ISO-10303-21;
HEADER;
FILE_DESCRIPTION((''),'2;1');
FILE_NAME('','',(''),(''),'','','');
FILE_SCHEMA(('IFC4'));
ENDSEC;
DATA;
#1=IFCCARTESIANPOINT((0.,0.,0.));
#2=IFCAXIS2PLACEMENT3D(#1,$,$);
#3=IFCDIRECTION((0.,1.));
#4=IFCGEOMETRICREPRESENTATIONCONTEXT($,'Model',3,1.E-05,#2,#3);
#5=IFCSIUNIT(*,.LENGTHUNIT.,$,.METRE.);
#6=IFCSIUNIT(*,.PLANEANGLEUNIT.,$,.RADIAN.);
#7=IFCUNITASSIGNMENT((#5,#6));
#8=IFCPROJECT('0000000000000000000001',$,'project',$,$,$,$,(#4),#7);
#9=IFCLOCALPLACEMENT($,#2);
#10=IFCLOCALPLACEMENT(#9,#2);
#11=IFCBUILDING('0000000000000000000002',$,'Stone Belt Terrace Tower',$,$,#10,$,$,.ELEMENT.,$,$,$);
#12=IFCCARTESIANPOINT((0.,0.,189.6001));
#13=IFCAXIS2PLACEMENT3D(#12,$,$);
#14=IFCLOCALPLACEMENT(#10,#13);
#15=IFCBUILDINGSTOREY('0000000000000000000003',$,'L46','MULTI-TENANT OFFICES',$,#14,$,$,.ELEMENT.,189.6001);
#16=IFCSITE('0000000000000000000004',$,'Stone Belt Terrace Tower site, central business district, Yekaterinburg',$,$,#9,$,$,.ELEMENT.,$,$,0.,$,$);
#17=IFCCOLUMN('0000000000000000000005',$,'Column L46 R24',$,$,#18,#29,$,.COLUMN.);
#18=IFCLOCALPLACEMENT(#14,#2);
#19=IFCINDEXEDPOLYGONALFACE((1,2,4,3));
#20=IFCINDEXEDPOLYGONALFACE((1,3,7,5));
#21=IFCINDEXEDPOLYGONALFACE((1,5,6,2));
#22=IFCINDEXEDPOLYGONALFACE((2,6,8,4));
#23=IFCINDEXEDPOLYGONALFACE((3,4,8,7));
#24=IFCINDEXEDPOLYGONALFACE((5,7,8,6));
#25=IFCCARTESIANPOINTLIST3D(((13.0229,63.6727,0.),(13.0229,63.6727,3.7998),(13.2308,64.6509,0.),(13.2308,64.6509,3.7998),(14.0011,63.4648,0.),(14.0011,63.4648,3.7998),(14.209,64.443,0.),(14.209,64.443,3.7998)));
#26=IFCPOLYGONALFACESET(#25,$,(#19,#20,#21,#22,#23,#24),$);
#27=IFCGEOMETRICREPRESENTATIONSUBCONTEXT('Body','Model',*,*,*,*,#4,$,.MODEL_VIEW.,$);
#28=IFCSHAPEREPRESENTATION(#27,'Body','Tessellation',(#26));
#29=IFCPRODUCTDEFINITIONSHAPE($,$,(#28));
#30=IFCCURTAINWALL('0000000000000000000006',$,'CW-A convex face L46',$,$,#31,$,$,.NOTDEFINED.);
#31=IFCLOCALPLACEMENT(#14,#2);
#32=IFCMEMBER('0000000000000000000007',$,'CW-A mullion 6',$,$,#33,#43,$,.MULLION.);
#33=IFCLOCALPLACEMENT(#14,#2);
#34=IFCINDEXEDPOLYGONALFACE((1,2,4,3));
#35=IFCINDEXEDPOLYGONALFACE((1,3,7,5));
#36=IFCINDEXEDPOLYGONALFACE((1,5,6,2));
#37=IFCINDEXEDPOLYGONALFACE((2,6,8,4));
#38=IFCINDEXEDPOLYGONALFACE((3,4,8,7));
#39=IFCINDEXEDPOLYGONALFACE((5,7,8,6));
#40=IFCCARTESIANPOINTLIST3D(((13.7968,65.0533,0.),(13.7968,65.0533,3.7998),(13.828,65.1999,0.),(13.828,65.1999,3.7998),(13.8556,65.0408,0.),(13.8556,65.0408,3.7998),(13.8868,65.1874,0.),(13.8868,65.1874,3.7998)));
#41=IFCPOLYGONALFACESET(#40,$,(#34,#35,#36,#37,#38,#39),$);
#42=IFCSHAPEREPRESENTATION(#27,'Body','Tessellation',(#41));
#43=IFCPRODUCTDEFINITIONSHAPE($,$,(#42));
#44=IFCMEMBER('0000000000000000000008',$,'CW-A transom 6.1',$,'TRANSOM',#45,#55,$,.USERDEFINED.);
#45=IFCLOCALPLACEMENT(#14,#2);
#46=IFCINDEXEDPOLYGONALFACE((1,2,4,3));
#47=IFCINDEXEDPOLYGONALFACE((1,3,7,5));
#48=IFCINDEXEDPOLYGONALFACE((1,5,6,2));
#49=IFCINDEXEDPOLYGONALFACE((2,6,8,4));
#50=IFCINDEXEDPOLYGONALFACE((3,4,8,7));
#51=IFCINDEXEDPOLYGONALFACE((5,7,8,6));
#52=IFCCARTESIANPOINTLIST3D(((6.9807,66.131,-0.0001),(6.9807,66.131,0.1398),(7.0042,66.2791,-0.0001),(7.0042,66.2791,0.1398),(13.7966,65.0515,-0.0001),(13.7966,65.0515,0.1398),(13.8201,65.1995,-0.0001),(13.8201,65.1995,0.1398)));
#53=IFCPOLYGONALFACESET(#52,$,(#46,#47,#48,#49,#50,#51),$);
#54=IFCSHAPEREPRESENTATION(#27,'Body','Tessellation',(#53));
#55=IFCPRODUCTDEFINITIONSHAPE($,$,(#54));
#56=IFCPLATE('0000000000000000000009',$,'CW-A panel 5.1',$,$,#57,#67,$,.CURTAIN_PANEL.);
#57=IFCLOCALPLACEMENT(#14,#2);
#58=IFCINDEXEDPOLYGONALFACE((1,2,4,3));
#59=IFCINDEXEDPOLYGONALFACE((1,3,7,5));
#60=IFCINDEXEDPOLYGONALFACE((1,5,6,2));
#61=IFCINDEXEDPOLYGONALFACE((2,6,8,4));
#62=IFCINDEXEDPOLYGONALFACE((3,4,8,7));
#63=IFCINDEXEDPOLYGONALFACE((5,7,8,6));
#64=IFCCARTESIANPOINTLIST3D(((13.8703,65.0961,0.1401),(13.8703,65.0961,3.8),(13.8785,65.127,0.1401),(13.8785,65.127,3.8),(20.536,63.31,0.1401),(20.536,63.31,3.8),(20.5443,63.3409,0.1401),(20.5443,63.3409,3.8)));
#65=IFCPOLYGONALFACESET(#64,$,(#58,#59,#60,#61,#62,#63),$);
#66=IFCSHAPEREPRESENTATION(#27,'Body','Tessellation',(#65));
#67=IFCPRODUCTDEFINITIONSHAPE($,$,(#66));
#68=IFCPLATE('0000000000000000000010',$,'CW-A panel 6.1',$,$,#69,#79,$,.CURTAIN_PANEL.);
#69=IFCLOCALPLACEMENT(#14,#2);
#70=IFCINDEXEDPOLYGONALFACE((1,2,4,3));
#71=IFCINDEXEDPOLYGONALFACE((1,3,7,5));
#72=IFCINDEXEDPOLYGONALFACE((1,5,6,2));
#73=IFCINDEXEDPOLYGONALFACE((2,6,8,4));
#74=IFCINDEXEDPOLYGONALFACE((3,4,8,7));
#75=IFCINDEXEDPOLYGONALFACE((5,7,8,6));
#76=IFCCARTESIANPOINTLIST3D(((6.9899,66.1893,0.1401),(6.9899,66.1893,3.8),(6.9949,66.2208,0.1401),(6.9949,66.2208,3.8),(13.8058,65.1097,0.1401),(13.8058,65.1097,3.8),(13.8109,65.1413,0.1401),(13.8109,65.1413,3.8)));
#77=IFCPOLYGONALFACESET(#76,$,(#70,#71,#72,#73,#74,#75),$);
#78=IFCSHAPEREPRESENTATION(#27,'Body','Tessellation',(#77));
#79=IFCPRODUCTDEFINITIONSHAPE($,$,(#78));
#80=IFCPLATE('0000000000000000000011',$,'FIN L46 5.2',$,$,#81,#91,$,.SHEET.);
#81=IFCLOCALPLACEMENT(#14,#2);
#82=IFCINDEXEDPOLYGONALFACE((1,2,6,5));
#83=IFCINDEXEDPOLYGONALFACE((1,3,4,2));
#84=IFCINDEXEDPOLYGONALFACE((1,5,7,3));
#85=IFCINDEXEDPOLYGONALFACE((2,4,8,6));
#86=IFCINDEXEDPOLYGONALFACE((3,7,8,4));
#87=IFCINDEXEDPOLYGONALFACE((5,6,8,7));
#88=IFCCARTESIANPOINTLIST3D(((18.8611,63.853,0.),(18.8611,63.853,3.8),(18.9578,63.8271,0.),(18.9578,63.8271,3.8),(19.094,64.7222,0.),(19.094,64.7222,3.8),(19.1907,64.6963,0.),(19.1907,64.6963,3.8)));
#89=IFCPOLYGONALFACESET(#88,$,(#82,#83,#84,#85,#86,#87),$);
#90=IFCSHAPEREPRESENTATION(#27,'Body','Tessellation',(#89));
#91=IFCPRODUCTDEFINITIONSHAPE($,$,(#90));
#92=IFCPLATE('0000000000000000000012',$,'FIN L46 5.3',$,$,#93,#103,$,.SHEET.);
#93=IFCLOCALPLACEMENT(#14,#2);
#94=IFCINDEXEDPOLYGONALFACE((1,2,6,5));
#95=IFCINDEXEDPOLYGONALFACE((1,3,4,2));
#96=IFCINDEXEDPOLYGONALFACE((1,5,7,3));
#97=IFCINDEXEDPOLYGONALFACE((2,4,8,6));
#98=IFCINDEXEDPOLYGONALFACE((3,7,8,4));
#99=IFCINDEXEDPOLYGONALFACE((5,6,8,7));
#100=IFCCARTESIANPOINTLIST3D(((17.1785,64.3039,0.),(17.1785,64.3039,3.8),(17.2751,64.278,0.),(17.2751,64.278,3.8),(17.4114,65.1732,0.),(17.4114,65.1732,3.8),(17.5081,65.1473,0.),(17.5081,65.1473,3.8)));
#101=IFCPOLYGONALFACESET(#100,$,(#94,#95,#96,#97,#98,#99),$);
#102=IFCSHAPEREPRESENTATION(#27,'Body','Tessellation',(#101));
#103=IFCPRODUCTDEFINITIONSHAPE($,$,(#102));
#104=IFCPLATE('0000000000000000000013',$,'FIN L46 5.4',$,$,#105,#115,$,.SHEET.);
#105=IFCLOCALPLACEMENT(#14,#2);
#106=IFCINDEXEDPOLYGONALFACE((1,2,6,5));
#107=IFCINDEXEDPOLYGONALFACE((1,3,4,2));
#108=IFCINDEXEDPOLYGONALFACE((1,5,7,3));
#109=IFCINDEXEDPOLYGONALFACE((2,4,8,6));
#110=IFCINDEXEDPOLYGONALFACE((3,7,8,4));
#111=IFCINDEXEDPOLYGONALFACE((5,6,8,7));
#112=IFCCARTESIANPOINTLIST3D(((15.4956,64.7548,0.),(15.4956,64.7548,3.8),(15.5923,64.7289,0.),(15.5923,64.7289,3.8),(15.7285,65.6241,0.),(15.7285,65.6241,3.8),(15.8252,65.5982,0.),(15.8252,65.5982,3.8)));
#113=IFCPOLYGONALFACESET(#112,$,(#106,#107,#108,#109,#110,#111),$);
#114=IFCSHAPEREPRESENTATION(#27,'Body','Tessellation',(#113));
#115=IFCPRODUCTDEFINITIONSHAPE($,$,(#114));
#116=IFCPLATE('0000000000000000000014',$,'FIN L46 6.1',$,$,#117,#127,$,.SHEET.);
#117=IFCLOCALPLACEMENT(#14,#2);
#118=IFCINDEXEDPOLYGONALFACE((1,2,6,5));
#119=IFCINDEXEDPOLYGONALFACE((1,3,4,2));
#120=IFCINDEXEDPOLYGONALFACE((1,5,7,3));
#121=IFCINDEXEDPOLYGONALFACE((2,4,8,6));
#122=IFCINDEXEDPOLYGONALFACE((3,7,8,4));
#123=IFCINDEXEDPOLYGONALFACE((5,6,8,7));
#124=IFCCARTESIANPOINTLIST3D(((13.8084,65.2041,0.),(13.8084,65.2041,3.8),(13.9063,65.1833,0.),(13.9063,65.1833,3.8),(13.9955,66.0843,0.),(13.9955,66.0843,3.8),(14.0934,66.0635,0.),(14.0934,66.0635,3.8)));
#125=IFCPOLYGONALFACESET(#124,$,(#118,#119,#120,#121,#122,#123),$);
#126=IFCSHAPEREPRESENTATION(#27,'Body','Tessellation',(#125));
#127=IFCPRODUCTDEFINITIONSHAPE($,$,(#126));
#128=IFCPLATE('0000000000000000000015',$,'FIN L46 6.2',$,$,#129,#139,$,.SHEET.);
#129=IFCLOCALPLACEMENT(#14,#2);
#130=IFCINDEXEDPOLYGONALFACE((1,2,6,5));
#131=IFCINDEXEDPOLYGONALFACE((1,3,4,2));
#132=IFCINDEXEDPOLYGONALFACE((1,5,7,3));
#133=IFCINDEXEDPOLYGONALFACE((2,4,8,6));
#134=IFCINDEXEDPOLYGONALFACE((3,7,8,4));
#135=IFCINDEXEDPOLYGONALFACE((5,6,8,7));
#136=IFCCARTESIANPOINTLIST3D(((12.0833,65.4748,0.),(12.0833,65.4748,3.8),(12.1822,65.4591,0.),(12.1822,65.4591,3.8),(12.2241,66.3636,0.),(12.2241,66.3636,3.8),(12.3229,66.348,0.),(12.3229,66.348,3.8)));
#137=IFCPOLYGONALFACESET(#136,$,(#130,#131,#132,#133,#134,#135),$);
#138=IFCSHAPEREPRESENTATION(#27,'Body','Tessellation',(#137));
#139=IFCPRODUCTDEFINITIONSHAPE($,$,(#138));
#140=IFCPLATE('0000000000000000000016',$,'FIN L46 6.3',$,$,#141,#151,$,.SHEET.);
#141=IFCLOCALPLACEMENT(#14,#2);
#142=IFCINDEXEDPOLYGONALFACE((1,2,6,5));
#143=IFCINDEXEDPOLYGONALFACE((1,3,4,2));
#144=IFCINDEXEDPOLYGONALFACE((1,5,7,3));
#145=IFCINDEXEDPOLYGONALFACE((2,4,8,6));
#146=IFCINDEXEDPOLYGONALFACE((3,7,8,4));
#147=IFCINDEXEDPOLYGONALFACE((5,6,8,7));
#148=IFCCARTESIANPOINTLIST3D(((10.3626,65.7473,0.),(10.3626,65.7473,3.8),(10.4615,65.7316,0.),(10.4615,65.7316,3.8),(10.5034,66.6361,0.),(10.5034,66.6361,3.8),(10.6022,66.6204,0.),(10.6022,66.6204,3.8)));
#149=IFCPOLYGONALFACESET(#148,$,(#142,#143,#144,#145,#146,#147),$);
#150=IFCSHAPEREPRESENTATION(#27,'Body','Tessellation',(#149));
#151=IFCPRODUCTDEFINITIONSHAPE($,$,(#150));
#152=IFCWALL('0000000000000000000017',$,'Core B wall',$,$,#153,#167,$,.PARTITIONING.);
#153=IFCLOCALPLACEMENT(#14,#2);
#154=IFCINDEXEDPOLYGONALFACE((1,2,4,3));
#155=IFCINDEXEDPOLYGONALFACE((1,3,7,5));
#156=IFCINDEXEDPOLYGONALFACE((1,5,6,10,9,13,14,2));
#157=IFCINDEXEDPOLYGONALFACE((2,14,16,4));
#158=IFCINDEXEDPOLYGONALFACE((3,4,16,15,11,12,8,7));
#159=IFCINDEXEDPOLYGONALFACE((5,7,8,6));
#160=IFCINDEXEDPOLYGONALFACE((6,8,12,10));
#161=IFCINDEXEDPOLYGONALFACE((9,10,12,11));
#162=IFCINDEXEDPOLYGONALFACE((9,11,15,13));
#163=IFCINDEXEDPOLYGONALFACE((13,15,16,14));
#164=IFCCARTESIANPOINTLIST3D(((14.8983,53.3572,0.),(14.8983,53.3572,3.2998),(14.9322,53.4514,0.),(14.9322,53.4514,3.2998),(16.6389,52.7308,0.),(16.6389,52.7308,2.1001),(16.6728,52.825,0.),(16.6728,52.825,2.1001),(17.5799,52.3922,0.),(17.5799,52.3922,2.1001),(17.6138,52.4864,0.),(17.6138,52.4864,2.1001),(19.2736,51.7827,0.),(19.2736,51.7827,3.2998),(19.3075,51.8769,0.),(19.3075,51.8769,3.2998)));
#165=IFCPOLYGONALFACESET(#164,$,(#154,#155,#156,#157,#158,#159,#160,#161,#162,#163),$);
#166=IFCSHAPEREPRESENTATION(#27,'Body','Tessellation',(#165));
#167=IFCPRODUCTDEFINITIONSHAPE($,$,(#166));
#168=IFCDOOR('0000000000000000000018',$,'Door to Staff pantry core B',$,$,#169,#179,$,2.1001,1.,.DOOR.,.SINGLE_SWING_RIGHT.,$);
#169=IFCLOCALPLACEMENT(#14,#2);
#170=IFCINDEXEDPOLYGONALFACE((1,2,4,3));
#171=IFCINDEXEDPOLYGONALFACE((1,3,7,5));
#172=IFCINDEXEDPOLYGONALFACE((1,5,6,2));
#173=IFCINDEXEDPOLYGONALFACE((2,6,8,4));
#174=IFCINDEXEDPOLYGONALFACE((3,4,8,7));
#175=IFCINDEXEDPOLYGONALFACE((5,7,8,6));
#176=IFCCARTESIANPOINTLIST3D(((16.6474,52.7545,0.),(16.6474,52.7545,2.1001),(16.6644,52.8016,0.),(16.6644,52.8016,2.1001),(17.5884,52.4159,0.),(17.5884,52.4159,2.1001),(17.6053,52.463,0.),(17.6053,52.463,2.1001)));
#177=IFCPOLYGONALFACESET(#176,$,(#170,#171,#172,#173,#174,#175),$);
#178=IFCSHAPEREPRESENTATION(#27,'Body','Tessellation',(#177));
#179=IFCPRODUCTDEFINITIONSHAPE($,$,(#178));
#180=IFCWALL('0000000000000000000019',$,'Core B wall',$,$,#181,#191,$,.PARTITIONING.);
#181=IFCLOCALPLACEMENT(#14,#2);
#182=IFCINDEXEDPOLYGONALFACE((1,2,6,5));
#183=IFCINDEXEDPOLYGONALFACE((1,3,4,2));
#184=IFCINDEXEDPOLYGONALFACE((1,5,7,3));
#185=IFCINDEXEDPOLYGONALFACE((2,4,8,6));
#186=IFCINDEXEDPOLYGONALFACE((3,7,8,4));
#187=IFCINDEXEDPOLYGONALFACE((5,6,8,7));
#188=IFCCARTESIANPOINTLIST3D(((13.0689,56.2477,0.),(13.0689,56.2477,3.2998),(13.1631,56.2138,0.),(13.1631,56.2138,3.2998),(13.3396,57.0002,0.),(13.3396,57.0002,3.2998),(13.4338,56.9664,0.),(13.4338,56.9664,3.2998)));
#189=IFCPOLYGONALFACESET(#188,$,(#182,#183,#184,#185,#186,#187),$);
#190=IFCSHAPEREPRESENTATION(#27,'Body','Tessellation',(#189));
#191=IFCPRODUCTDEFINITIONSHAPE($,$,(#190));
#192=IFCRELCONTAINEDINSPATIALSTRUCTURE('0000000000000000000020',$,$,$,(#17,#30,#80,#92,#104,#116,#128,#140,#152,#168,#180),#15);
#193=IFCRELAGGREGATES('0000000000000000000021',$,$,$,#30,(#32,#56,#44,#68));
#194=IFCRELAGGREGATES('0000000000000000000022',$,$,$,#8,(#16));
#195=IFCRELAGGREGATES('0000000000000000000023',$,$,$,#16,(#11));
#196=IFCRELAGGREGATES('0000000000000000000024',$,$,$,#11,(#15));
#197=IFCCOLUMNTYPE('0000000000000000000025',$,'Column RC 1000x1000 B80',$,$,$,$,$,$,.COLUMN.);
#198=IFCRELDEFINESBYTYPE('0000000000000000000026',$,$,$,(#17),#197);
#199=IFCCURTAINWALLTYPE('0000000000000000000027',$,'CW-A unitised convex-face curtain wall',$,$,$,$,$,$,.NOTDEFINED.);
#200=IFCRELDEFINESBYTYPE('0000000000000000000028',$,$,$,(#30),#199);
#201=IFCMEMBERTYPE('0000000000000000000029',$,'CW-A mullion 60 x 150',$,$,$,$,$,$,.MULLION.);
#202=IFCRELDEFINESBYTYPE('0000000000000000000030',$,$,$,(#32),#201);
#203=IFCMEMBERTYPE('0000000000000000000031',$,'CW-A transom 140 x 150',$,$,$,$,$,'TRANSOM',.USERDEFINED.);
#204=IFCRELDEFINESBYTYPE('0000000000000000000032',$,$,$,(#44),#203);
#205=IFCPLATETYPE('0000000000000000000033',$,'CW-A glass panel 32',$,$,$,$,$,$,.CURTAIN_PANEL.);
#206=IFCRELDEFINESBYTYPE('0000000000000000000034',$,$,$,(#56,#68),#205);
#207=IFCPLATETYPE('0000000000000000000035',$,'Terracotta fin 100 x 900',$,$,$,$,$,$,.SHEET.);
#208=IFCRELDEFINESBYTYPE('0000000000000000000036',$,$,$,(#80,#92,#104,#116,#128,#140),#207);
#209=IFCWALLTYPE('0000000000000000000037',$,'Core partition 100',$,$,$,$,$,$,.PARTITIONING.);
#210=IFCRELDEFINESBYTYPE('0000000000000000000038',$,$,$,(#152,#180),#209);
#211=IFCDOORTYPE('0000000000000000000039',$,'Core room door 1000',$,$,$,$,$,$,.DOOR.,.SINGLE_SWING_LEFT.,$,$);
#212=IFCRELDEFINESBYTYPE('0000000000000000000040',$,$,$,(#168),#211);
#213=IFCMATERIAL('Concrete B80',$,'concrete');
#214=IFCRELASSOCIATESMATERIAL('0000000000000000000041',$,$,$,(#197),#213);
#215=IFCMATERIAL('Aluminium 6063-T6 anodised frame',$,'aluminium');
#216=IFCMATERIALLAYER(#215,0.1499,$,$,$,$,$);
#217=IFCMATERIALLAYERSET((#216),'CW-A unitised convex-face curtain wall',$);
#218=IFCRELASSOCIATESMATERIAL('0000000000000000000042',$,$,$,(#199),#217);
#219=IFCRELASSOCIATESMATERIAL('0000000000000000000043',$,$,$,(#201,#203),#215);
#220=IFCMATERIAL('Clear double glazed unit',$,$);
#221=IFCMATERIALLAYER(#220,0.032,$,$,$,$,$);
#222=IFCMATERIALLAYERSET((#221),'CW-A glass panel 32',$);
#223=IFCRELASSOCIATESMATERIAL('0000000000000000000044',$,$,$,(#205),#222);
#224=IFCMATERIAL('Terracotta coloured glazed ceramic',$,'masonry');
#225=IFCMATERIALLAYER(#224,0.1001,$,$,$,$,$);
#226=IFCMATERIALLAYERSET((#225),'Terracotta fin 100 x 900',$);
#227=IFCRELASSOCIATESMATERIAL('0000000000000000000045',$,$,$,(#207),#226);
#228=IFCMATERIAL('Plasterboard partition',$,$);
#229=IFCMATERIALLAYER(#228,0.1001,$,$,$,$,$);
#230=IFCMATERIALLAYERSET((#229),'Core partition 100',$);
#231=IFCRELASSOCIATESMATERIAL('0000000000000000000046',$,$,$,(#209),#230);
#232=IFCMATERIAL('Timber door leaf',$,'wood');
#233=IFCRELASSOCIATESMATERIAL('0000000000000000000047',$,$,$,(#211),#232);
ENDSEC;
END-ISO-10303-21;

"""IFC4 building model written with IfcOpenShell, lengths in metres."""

from ifc_helpers import new_model, si_unit, direction, frame, frame_2d, origin, origin_2d, place, context, subcontext, project, spatial, rectangle, extrude, material, layer, layer_set, material_profile, profile_set, type_object, element, fill, aggregate, save


model = new_model("IFC4")

# Units and contexts
model_context = context("Model", 3, precision=1e-05, world=origin(), true_north=direction((0.0, 1.0)))
body_context = subcontext(model_context, "Body", "Model", "MODEL_VIEW")
ifc_project = project(units=[si_unit("LENGTHUNIT", "METRE"), si_unit("PLANEANGLEUNIT", "RADIAN")], contexts=[model_context])

# Site, building, storey
site_placement = place(None, origin())
site = spatial("IfcSite", under=ifc_project, at=site_placement, Name="Stone Belt Terrace Tower site, central business district, Yekaterinburg", CompositionType="ELEMENT", RefElevation=0.0)
building_placement = place(site_placement, origin())
building = spatial("IfcBuilding", under=site, at=building_placement, Name="Stone Belt Terrace Tower", CompositionType="ELEMENT")
storey_placement = place(building_placement, frame((0.0, 0.0, 189.6001)))
storey = spatial("IfcBuildingStorey", under=building, at=storey_placement, Name="L46", Description="MULTI-TENANT OFFICES", CompositionType="ELEMENT", Elevation=189.6001)

# Column
ifc_material_1 = material(Name="Concrete B80", Category="concrete")
ifc_material_profile_1 = material_profile(ifc_material_1, rectangle(XDim=1.0, YDim=1.0, at=origin_2d()), Name="RC 1000x1000")
ifc_profile_set_1 = profile_set([ifc_material_profile_1], Name="Concrete B80")
column_type = type_object("IfcColumnType", Name="Column RC 1000x1000 B80", PredefinedType="COLUMN", material=ifc_profile_set_1)
column_placement = place(storey_placement, frame((13.616, 64.0579, 0.0), z_axis=(0.0, 0.0, 1.0), x_axis=(0.978148, -0.207912, 0.0)))
element("IfcColumn", 1, at=column_placement, inside=storey, type_object=column_type, Name="Column L46 R24", PredefinedType="COLUMN", context=body_context, shape_type="SweptSolid", body=[
    extrude(rectangle(XDim=1.0, YDim=1.0, at=origin_2d()), origin(), (0.0, 0.0, 1.0), 3.7998),
])

# Curtain wall, members, plates
ifc_material_2 = material(Name="Aluminium 6063-T6 anodised frame", Category="aluminium")
ifc_layer_1 = layer(ifc_material_2, 0.1499)
ifc_layer_set_1 = layer_set([ifc_layer_1], Name="CW-A unitised convex-face curtain wall")
curtain_wall_type = type_object("IfcCurtainWallType", Name="CW-A unitised convex-face curtain wall", PredefinedType="NOTDEFINED", material=ifc_layer_set_1)
curtain_wall_placement = place(storey_placement, origin())
curtain_wall = element("IfcCurtainWall", 2, at=curtain_wall_placement, inside=storey, type_object=curtain_wall_type, Name="CW-A convex face L46", PredefinedType="NOTDEFINED")
ifc_material_profile_2 = material_profile(ifc_material_2, rectangle(XDim=0.1499, YDim=0.0601, at=origin_2d()), Name="Aluminium 6063-T6 60x150")
ifc_profile_set_2 = profile_set([ifc_material_profile_2], Name="Aluminium 6063-T6 anodised frame")
member_type_1 = type_object("IfcMemberType", Name="CW-A mullion 60 x 150", PredefinedType="MULLION", material=ifc_profile_set_2)
member_1_placement = place(storey_placement, frame((13.8418, 65.1204, 0.0), z_axis=(0.0, 0.0, 1.0), x_axis=(-0.207912, -0.978148, 0.0)))
member_1 = element("IfcMember", 3, at=member_1_placement, type_object=member_type_1, Name="CW-A mullion 6", PredefinedType="MULLION", context=body_context, shape_type="SweptSolid", body=[
    extrude(rectangle(XDim=0.1499, YDim=0.0601, at=origin_2d()), origin(), (0.0, 0.0, 1.0), 3.7998),
])
ifc_material_profile_3 = material_profile(ifc_material_2, rectangle(XDim=0.1499, YDim=0.1399, at=origin_2d()), Name="Aluminium 6063-T6 150x140")
ifc_profile_set_3 = profile_set([ifc_material_profile_3], Name="Aluminium 6063-T6 anodised frame")
member_type_2 = type_object("IfcMemberType", Name="CW-A transom 140 x 150", ElementType="TRANSOM", PredefinedType="USERDEFINED", material=ifc_profile_set_3)
member_2_placement = place(storey_placement, frame((13.8083, 65.1255, 0.0698), z_axis=(-0.987687, 0.156442, 0.0), x_axis=(-0.156442, -0.987687, 0.0)))
member_2 = element("IfcMember", 4, at=member_2_placement, type_object=member_type_2, Name="CW-A transom 6.1", ObjectType="TRANSOM", PredefinedType="USERDEFINED", context=body_context, shape_type="SweptSolid", body=[
    extrude(rectangle(XDim=0.1499, YDim=0.1399, at=origin_2d()), origin(), (0.0, 0.0, 1.0), 6.9009),
])
ifc_material_3 = material(Name="Clear double glazed unit")
ifc_layer_2 = layer(ifc_material_3, 0.032)
ifc_layer_set_2 = layer_set([ifc_layer_2], Name="CW-A glass panel 32")
plate_type_1 = type_object("IfcPlateType", Name="CW-A glass panel 32", PredefinedType="CURTAIN_PANEL", material=ifc_layer_set_2)
plate_1_placement = place(storey_placement, frame((17.2073, 64.2185, 0.1401), z_axis=(0.0, 0.0, 1.0), x_axis=(-0.965926, 0.258819, 0.0)))
plate_1 = element("IfcPlate", 5, at=plate_1_placement, type_object=plate_type_1, Name="CW-A panel 5.1", PredefinedType="CURTAIN_PANEL", context=body_context, shape_type="SweptSolid", body=[
    extrude(rectangle(XDim=6.9009, YDim=0.032, at=origin_2d()), origin(), (0.0, 0.0, 1.0), 3.6599),
])
plate_2_placement = place(storey_placement, frame((10.4004, 65.6653, 0.1401), z_axis=(0.0, 0.0, 1.0), x_axis=(-0.987688, 0.156434, 0.0)))
plate_2 = element("IfcPlate", 6, at=plate_2_placement, type_object=plate_type_1, Name="CW-A panel 6.1", PredefinedType="CURTAIN_PANEL", context=body_context, shape_type="SweptSolid", body=[
    extrude(rectangle(XDim=6.9009, YDim=0.032, at=origin_2d()), origin(), (0.0, 0.0, 1.0), 3.6599),
])
aggregate(curtain_wall, [member_1, plate_1, member_2, plate_2])

# Plates
ifc_material_4 = material(Name="Terracotta coloured glazed ceramic", Category="masonry")
ifc_layer_3 = layer(ifc_material_4, 0.1001)
ifc_layer_set_3 = layer_set([ifc_layer_3], Name="Terracotta fin 100 x 900")
plate_type_2 = type_object("IfcPlateType", Name="Terracotta fin 100 x 900", PredefinedType="SHEET", material=ifc_layer_set_3)
for number, where, z_axis, x_axis, name in (
    (7, (19.0259, 64.2747, 0.0), (0.0, 0.0, 1.0), (0.258819, 0.965926, 0.0), "FIN L46 5.2"),
    (8, (17.3433, 64.7256, 0.0), (0.0, 0.0, 1.0), (0.258819, 0.965926, 0.0), "FIN L46 5.3"),
    (9, (15.6604, 65.1765, 0.0), (0.0, 0.0, 1.0), (0.258819, 0.965926, 0.0), "FIN L46 5.4"),
    (10, (13.9509, 65.6338, 0.0), (0.0, 0.0, 1.0), (0.207912, 0.978148, 0.0), "FIN L46 6.1"),
    (11, (12.2031, 65.9114, 0.0), (0.0, 0.0, 1.0), (0.156434, 0.987688, 0.0), "FIN L46 6.2"),
    (12, (10.4824, 66.1838, 0.0), (0.0, 0.0, 1.0), (0.156434, 0.987688, 0.0), "FIN L46 6.3"),
):
    element("IfcPlate", number, at=place(storey_placement, frame(where, z_axis=z_axis, x_axis=x_axis)), inside=storey, type_object=plate_type_2, Name=name, PredefinedType="SHEET", context=body_context, shape_type="SweptSolid", body=[
        extrude(rectangle(XDim=0.8999, YDim=0.1001, at=origin_2d()), origin(), (0.0, 0.0, 1.0), 3.8),
    ])

# Wall, opening, door
ifc_material_5 = material(Name="Plasterboard partition")
ifc_layer_4 = layer(ifc_material_5, 0.1001)
ifc_layer_set_4 = layer_set([ifc_layer_4], Name="Core partition 100")
wall_type_1 = type_object("IfcWallType", Name="Core partition 100", PredefinedType="PARTITIONING", material=ifc_layer_set_4)
wall_1_placement = place(storey_placement, frame((19.2905, 51.8298, 0.0), z_axis=(0.0, 0.0, 1.0), x_axis=(-0.94093, 0.3386, 0.0)))
wall_1 = element("IfcWall", 13, at=wall_1_placement, inside=storey, type_object=wall_type_1, Name="Core B wall", PredefinedType="PARTITIONING", context=body_context, shape_type="SweptSolid", body=[
    extrude(rectangle(XDim=4.6499, YDim=0.1001, at=frame_2d((2.325, 0.0))), origin(), (0.0, 0.0, 1.0), 3.2998),
])
opening_1_placement = place(wall_1_placement, frame((1.8, 0.0, 0.0)))
opening_1 = element("IfcOpeningElement", 14, at=opening_1_placement, cuts=wall_1, PredefinedType="OPENING", context=body_context, shape_type="SweptSolid", body=[
    extrude(rectangle(XDim=1.0, YDim=2.1001, at=frame_2d((0.5, 1.05))), frame((0.0, 0.0601, 0.0), z_axis=(0.0, -1.0, 0.0), x_axis=(1.0, 0.0, 0.0)), (0.0, 0.0, 1.0), 0.1201),
])
ifc_material_6 = material(Name="Timber door leaf", Category="wood")
door_type_1 = type_object("IfcDoorType", Name="Core room door 1000", OperationType="SINGLE_SWING_LEFT", PredefinedType="DOOR", material=ifc_material_6)
door_1_placement = place(opening_1_placement, origin())
door_1 = element("IfcDoor", 15, at=door_1_placement, inside=storey, type_object=door_type_1, Name="Door to Staff pantry core B", OperationType="SINGLE_SWING_RIGHT", OverallHeight=2.1001, OverallWidth=1.0, PredefinedType="DOOR", context=body_context, shape_type="SweptSolid", body=[
    extrude(rectangle(XDim=1.0, YDim=2.1001, at=frame_2d((0.5, 1.05))), frame((0.0, 0.0249, 0.0), z_axis=(0.0, -1.0, 0.0), x_axis=(1.0, 0.0, 0.0)), (0.0, 0.0, 1.0), 0.05),
])
fill(opening_1, door_1)

# Wall
wall_2_placement = place(storey_placement, frame((13.116, 56.2307, 0.0), z_axis=(0.0, 0.0, 1.0), x_axis=(0.338482, 0.940973, 0.0)))
element("IfcWall", 16, at=wall_2_placement, inside=storey, type_object=wall_type_1, Name="Core B wall", PredefinedType="PARTITIONING", context=body_context, shape_type="SweptSolid", body=[
    extrude(rectangle(XDim=0.7998, YDim=0.1001, at=frame_2d((0.3999, 0.0))), origin(), (0.0, 0.0, 1.0), 3.2998),
])

save(model, "model.ifc")
